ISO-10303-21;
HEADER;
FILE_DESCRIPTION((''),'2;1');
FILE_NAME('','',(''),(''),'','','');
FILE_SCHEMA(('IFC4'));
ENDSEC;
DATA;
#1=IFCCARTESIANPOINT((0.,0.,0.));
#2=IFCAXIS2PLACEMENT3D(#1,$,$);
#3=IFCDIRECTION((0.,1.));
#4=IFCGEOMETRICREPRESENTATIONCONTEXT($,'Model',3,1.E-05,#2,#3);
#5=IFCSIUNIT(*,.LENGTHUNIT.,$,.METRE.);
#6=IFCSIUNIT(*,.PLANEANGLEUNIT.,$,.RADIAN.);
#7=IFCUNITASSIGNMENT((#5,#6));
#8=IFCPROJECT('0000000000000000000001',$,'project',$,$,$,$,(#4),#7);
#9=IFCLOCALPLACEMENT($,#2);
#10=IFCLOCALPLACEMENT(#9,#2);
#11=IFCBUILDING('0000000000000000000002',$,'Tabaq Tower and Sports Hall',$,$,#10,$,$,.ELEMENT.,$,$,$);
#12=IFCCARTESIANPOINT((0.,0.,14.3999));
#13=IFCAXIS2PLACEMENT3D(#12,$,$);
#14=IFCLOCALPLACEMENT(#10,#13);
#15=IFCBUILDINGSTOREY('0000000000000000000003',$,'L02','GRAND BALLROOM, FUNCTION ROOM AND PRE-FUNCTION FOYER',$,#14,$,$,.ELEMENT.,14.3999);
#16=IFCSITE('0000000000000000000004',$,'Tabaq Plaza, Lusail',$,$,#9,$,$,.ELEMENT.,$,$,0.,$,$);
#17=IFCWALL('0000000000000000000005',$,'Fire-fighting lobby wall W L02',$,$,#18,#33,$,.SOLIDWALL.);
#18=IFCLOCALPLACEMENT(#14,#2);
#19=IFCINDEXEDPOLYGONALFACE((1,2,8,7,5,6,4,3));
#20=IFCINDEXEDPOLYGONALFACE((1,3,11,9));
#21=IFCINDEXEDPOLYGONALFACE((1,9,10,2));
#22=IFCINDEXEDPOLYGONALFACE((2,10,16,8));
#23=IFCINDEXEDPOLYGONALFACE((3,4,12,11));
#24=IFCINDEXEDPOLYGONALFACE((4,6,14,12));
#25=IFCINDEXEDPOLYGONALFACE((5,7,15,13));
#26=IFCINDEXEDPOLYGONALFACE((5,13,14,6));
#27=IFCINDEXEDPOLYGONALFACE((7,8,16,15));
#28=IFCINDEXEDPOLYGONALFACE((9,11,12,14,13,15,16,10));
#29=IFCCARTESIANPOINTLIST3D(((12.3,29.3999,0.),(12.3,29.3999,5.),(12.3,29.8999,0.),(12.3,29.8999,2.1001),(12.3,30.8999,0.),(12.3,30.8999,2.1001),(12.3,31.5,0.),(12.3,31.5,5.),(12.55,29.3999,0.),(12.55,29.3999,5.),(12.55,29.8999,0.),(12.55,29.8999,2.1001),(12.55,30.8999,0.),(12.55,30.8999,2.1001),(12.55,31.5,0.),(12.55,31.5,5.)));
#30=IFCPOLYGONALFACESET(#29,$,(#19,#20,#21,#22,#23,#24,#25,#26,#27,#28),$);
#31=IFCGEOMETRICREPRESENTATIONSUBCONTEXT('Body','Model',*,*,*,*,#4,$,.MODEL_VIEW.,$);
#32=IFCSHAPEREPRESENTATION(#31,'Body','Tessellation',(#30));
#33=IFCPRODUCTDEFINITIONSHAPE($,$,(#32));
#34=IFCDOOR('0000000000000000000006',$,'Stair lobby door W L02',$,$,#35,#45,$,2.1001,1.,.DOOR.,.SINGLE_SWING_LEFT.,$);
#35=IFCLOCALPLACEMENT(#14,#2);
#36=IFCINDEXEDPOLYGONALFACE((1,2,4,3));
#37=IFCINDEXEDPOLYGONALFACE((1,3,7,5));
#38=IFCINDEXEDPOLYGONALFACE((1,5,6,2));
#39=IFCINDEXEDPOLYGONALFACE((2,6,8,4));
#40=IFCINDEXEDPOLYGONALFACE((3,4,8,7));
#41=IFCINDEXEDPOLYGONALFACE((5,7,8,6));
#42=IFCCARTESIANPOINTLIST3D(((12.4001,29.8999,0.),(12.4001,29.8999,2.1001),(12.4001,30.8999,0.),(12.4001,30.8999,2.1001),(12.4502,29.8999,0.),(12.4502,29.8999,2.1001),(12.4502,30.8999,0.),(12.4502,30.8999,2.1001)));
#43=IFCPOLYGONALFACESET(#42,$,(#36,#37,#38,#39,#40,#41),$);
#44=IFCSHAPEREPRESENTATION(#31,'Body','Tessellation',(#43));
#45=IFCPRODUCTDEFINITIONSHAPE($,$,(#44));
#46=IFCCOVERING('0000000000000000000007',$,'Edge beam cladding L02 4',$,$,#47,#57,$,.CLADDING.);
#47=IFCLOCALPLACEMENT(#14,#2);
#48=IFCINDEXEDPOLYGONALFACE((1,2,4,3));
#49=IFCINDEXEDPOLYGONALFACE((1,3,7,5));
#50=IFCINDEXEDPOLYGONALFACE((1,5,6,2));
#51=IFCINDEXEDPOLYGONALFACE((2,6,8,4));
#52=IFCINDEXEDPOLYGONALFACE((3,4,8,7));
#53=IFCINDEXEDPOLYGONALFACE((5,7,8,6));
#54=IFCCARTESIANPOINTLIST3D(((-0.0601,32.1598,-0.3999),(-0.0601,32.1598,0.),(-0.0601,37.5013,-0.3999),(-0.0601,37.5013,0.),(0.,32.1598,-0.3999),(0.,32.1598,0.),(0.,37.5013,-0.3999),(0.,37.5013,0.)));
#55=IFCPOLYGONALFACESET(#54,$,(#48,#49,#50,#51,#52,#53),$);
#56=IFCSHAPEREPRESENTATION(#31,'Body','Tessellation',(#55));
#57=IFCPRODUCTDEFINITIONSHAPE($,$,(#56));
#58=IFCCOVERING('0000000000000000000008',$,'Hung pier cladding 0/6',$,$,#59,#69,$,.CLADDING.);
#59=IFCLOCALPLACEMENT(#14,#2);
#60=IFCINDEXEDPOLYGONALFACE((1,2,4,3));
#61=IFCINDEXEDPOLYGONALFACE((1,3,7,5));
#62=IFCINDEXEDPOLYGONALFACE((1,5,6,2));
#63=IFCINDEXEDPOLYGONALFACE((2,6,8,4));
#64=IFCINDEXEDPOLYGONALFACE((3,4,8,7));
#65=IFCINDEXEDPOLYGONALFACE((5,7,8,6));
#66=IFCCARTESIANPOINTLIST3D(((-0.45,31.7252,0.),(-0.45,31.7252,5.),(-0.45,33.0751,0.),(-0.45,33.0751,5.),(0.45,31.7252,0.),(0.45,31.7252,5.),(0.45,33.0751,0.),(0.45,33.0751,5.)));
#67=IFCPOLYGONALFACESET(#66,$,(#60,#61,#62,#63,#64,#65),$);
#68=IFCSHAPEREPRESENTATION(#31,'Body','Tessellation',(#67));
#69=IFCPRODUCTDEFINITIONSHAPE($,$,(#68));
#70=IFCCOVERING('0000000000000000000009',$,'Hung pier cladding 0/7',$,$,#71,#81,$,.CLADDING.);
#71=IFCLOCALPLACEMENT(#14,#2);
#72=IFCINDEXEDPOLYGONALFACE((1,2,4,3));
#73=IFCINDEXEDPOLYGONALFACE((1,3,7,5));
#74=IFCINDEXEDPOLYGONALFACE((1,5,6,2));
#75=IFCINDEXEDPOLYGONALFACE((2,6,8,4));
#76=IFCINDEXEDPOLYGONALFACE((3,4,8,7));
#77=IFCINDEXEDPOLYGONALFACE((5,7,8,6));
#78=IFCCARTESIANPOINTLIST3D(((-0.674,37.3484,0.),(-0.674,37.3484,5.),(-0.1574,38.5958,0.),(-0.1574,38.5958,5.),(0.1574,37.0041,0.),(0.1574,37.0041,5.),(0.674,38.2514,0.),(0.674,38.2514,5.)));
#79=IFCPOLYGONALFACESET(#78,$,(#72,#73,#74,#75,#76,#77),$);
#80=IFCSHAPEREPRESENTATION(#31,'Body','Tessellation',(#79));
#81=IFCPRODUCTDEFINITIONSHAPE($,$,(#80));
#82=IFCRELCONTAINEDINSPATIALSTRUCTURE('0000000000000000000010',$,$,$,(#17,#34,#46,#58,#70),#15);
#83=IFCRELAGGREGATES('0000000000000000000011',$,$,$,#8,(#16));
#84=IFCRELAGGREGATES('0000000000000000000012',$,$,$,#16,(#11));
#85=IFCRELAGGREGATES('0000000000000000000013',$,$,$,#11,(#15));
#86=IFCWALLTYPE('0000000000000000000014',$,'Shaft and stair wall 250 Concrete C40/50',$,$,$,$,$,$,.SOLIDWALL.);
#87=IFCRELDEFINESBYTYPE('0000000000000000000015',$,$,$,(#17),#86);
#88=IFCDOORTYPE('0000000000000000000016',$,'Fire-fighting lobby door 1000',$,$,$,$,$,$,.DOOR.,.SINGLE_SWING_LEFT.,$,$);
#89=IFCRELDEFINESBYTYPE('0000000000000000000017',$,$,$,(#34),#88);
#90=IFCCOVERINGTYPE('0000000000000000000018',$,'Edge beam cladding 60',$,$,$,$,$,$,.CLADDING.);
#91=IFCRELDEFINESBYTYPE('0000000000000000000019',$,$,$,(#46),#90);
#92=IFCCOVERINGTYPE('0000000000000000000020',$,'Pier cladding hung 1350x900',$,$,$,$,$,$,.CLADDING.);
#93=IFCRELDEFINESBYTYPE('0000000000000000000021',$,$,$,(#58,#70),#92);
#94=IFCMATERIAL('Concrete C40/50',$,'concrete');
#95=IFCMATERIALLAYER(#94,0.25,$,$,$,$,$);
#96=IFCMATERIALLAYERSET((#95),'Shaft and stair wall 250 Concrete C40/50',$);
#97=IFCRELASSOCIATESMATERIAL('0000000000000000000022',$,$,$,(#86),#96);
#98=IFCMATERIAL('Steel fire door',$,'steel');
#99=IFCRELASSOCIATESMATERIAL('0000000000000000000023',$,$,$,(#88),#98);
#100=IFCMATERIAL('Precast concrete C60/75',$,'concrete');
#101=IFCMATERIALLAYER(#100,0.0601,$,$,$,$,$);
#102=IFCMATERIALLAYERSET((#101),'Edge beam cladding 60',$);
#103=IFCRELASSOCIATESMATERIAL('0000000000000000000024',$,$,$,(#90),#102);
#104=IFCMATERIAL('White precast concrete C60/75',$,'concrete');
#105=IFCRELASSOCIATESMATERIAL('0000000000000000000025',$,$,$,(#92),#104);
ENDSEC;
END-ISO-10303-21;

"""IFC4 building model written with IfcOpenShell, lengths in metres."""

from ifc_helpers import new_model, si_unit, direction, frame, frame_2d, origin, place, context, subcontext, project, spatial, rectangle, extrude, material, layer, layer_set, type_object, element, fill, save


model = new_model("IFC4")

# Units and contexts
model_context = context("Model", 3, precision=1e-05, world=origin(), true_north=direction((0.0, 1.0)))
body_context = subcontext(model_context, "Body", "Model", "MODEL_VIEW")
ifc_project = project(units=[si_unit("LENGTHUNIT", "METRE"), si_unit("PLANEANGLEUNIT", "RADIAN")], contexts=[model_context])

# Site, building, storey
site_placement = place(None, origin())
site = spatial("IfcSite", under=ifc_project, at=site_placement, Name="Tabaq Plaza, Lusail", CompositionType="ELEMENT", RefElevation=0.0)
building_placement = place(site_placement, origin())
building = spatial("IfcBuilding", under=site, at=building_placement, Name="Tabaq Tower and Sports Hall", CompositionType="ELEMENT")
storey_placement = place(building_placement, frame((0.0, 0.0, 14.3999)))
storey = spatial("IfcBuildingStorey", under=building, at=storey_placement, Name="L02", Description="GRAND BALLROOM, FUNCTION ROOM AND PRE-FUNCTION FOYER", CompositionType="ELEMENT", Elevation=14.3999)

# Wall, opening, door
ifc_material_1 = material(Name="Concrete C40/50", Category="concrete")
ifc_layer_1 = layer(ifc_material_1, 0.25)
ifc_layer_set_1 = layer_set([ifc_layer_1], Name="Shaft and stair wall 250 Concrete C40/50")
wall_type_1 = type_object("IfcWallType", Name="Shaft and stair wall 250 Concrete C40/50", PredefinedType="SOLIDWALL", material=ifc_layer_set_1)
wall_1_placement = place(storey_placement, frame((12.425, 29.3999, 0.0), z_axis=(0.0, 0.0, 1.0), x_axis=(0.0, 1.0, 0.0)))
wall_1 = element("IfcWall", 1, at=wall_1_placement, inside=storey, type_object=wall_type_1, Name="Fire-fighting lobby wall W L02", PredefinedType="SOLIDWALL", context=body_context, shape_type="SweptSolid", body=[
    extrude(rectangle(XDim=2.1001, YDim=0.25, at=frame_2d((1.05, 0.0))), origin(), (0.0, 0.0, 1.0), 5.0),
])
opening_1_placement = place(wall_1_placement, frame((0.5, 0.0, 0.0)))
opening_1 = element("IfcOpeningElement", 2, at=opening_1_placement, cuts=wall_1, PredefinedType="OPENING", context=body_context, shape_type="SweptSolid", body=[
    extrude(rectangle(XDim=1.0, YDim=2.1001, at=frame_2d((0.5, 1.05))), frame((0.0, 0.125, 0.0), z_axis=(0.0, -1.0, 0.0), x_axis=(1.0, 0.0, 0.0)), (0.0, 0.0, 1.0), 0.25),
])
ifc_material_2 = material(Name="Steel fire door", Category="steel")
door_type_1 = type_object("IfcDoorType", Name="Fire-fighting lobby door 1000", OperationType="SINGLE_SWING_LEFT", PredefinedType="DOOR", material=ifc_material_2)
door_1_placement = place(opening_1_placement, origin())
door_1 = element("IfcDoor", 3, at=door_1_placement, inside=storey, type_object=door_type_1, Name="Stair lobby door W L02", OperationType="SINGLE_SWING_LEFT", OverallHeight=2.1001, OverallWidth=1.0, PredefinedType="DOOR", context=body_context, shape_type="SweptSolid", body=[
    extrude(rectangle(XDim=1.0, YDim=2.1001, at=frame_2d((0.5, 1.05))), frame((0.0, 0.0249, 0.0), z_axis=(0.0, -1.0, 0.0), x_axis=(1.0, 0.0, 0.0)), (0.0, 0.0, 1.0), 0.05),
])
fill(opening_1, door_1)

# Coverings
ifc_material_3 = material(Name="Precast concrete C60/75", Category="concrete")
ifc_layer_2 = layer(ifc_material_3, 0.0601)
ifc_layer_set_2 = layer_set([ifc_layer_2], Name="Edge beam cladding 60")
covering_type_1 = type_object("IfcCoveringType", Name="Edge beam cladding 60", PredefinedType="CLADDING", material=ifc_layer_set_2)
covering_1_placement = place(storey_placement, frame((-0.03, 37.5015, -0.3999), z_axis=(0.0, 0.0, 1.0), x_axis=(0.0, -1.0, 0.0)))
element("IfcCovering", 4, at=covering_1_placement, inside=storey, type_object=covering_type_1, Name="Edge beam cladding L02 4", PredefinedType="CLADDING", context=body_context, shape_type="SweptSolid", body=[
    extrude(rectangle(XDim=5.3416, YDim=0.0601, at=frame_2d((2.6709, 0.0))), origin(), (0.0, 0.0, 1.0), 0.3999),
])
ifc_material_4 = material(Name="White precast concrete C60/75", Category="concrete")
covering_type_2 = type_object("IfcCoveringType", Name="Pier cladding hung 1350x900", PredefinedType="CLADDING", material=ifc_material_4)
covering_2_placement = place(storey_placement, frame((0.0, 33.075, 0.0), z_axis=(0.0, 0.0, 1.0), x_axis=(0.0, -1.0, 0.0)))
element("IfcCovering", 5, at=covering_2_placement, inside=storey, type_object=covering_type_2, Name="Hung pier cladding 0/6", PredefinedType="CLADDING", context=body_context, shape_type="SweptSolid", body=[
    extrude(rectangle(XDim=1.3499, YDim=0.8999, at=frame_2d((0.6748, 0.0))), origin(), (0.0, 0.0, 1.0), 5.0),
])
covering_3_placement = place(storey_placement, frame((0.2583, 38.4236, 0.0), z_axis=(0.0, 0.0, 1.0), x_axis=(-0.38265, -0.923893, 0.0)))
element("IfcCovering", 6, at=covering_3_placement, inside=storey, type_object=covering_type_2, Name="Hung pier cladding 0/7", PredefinedType="CLADDING", context=body_context, shape_type="SweptSolid", body=[
    extrude(rectangle(XDim=1.3501, YDim=0.8999, at=frame_2d((0.675, 0.0))), origin(), (0.0, 0.0, 1.0), 5.0),
])

save(model, "model.ifc")
